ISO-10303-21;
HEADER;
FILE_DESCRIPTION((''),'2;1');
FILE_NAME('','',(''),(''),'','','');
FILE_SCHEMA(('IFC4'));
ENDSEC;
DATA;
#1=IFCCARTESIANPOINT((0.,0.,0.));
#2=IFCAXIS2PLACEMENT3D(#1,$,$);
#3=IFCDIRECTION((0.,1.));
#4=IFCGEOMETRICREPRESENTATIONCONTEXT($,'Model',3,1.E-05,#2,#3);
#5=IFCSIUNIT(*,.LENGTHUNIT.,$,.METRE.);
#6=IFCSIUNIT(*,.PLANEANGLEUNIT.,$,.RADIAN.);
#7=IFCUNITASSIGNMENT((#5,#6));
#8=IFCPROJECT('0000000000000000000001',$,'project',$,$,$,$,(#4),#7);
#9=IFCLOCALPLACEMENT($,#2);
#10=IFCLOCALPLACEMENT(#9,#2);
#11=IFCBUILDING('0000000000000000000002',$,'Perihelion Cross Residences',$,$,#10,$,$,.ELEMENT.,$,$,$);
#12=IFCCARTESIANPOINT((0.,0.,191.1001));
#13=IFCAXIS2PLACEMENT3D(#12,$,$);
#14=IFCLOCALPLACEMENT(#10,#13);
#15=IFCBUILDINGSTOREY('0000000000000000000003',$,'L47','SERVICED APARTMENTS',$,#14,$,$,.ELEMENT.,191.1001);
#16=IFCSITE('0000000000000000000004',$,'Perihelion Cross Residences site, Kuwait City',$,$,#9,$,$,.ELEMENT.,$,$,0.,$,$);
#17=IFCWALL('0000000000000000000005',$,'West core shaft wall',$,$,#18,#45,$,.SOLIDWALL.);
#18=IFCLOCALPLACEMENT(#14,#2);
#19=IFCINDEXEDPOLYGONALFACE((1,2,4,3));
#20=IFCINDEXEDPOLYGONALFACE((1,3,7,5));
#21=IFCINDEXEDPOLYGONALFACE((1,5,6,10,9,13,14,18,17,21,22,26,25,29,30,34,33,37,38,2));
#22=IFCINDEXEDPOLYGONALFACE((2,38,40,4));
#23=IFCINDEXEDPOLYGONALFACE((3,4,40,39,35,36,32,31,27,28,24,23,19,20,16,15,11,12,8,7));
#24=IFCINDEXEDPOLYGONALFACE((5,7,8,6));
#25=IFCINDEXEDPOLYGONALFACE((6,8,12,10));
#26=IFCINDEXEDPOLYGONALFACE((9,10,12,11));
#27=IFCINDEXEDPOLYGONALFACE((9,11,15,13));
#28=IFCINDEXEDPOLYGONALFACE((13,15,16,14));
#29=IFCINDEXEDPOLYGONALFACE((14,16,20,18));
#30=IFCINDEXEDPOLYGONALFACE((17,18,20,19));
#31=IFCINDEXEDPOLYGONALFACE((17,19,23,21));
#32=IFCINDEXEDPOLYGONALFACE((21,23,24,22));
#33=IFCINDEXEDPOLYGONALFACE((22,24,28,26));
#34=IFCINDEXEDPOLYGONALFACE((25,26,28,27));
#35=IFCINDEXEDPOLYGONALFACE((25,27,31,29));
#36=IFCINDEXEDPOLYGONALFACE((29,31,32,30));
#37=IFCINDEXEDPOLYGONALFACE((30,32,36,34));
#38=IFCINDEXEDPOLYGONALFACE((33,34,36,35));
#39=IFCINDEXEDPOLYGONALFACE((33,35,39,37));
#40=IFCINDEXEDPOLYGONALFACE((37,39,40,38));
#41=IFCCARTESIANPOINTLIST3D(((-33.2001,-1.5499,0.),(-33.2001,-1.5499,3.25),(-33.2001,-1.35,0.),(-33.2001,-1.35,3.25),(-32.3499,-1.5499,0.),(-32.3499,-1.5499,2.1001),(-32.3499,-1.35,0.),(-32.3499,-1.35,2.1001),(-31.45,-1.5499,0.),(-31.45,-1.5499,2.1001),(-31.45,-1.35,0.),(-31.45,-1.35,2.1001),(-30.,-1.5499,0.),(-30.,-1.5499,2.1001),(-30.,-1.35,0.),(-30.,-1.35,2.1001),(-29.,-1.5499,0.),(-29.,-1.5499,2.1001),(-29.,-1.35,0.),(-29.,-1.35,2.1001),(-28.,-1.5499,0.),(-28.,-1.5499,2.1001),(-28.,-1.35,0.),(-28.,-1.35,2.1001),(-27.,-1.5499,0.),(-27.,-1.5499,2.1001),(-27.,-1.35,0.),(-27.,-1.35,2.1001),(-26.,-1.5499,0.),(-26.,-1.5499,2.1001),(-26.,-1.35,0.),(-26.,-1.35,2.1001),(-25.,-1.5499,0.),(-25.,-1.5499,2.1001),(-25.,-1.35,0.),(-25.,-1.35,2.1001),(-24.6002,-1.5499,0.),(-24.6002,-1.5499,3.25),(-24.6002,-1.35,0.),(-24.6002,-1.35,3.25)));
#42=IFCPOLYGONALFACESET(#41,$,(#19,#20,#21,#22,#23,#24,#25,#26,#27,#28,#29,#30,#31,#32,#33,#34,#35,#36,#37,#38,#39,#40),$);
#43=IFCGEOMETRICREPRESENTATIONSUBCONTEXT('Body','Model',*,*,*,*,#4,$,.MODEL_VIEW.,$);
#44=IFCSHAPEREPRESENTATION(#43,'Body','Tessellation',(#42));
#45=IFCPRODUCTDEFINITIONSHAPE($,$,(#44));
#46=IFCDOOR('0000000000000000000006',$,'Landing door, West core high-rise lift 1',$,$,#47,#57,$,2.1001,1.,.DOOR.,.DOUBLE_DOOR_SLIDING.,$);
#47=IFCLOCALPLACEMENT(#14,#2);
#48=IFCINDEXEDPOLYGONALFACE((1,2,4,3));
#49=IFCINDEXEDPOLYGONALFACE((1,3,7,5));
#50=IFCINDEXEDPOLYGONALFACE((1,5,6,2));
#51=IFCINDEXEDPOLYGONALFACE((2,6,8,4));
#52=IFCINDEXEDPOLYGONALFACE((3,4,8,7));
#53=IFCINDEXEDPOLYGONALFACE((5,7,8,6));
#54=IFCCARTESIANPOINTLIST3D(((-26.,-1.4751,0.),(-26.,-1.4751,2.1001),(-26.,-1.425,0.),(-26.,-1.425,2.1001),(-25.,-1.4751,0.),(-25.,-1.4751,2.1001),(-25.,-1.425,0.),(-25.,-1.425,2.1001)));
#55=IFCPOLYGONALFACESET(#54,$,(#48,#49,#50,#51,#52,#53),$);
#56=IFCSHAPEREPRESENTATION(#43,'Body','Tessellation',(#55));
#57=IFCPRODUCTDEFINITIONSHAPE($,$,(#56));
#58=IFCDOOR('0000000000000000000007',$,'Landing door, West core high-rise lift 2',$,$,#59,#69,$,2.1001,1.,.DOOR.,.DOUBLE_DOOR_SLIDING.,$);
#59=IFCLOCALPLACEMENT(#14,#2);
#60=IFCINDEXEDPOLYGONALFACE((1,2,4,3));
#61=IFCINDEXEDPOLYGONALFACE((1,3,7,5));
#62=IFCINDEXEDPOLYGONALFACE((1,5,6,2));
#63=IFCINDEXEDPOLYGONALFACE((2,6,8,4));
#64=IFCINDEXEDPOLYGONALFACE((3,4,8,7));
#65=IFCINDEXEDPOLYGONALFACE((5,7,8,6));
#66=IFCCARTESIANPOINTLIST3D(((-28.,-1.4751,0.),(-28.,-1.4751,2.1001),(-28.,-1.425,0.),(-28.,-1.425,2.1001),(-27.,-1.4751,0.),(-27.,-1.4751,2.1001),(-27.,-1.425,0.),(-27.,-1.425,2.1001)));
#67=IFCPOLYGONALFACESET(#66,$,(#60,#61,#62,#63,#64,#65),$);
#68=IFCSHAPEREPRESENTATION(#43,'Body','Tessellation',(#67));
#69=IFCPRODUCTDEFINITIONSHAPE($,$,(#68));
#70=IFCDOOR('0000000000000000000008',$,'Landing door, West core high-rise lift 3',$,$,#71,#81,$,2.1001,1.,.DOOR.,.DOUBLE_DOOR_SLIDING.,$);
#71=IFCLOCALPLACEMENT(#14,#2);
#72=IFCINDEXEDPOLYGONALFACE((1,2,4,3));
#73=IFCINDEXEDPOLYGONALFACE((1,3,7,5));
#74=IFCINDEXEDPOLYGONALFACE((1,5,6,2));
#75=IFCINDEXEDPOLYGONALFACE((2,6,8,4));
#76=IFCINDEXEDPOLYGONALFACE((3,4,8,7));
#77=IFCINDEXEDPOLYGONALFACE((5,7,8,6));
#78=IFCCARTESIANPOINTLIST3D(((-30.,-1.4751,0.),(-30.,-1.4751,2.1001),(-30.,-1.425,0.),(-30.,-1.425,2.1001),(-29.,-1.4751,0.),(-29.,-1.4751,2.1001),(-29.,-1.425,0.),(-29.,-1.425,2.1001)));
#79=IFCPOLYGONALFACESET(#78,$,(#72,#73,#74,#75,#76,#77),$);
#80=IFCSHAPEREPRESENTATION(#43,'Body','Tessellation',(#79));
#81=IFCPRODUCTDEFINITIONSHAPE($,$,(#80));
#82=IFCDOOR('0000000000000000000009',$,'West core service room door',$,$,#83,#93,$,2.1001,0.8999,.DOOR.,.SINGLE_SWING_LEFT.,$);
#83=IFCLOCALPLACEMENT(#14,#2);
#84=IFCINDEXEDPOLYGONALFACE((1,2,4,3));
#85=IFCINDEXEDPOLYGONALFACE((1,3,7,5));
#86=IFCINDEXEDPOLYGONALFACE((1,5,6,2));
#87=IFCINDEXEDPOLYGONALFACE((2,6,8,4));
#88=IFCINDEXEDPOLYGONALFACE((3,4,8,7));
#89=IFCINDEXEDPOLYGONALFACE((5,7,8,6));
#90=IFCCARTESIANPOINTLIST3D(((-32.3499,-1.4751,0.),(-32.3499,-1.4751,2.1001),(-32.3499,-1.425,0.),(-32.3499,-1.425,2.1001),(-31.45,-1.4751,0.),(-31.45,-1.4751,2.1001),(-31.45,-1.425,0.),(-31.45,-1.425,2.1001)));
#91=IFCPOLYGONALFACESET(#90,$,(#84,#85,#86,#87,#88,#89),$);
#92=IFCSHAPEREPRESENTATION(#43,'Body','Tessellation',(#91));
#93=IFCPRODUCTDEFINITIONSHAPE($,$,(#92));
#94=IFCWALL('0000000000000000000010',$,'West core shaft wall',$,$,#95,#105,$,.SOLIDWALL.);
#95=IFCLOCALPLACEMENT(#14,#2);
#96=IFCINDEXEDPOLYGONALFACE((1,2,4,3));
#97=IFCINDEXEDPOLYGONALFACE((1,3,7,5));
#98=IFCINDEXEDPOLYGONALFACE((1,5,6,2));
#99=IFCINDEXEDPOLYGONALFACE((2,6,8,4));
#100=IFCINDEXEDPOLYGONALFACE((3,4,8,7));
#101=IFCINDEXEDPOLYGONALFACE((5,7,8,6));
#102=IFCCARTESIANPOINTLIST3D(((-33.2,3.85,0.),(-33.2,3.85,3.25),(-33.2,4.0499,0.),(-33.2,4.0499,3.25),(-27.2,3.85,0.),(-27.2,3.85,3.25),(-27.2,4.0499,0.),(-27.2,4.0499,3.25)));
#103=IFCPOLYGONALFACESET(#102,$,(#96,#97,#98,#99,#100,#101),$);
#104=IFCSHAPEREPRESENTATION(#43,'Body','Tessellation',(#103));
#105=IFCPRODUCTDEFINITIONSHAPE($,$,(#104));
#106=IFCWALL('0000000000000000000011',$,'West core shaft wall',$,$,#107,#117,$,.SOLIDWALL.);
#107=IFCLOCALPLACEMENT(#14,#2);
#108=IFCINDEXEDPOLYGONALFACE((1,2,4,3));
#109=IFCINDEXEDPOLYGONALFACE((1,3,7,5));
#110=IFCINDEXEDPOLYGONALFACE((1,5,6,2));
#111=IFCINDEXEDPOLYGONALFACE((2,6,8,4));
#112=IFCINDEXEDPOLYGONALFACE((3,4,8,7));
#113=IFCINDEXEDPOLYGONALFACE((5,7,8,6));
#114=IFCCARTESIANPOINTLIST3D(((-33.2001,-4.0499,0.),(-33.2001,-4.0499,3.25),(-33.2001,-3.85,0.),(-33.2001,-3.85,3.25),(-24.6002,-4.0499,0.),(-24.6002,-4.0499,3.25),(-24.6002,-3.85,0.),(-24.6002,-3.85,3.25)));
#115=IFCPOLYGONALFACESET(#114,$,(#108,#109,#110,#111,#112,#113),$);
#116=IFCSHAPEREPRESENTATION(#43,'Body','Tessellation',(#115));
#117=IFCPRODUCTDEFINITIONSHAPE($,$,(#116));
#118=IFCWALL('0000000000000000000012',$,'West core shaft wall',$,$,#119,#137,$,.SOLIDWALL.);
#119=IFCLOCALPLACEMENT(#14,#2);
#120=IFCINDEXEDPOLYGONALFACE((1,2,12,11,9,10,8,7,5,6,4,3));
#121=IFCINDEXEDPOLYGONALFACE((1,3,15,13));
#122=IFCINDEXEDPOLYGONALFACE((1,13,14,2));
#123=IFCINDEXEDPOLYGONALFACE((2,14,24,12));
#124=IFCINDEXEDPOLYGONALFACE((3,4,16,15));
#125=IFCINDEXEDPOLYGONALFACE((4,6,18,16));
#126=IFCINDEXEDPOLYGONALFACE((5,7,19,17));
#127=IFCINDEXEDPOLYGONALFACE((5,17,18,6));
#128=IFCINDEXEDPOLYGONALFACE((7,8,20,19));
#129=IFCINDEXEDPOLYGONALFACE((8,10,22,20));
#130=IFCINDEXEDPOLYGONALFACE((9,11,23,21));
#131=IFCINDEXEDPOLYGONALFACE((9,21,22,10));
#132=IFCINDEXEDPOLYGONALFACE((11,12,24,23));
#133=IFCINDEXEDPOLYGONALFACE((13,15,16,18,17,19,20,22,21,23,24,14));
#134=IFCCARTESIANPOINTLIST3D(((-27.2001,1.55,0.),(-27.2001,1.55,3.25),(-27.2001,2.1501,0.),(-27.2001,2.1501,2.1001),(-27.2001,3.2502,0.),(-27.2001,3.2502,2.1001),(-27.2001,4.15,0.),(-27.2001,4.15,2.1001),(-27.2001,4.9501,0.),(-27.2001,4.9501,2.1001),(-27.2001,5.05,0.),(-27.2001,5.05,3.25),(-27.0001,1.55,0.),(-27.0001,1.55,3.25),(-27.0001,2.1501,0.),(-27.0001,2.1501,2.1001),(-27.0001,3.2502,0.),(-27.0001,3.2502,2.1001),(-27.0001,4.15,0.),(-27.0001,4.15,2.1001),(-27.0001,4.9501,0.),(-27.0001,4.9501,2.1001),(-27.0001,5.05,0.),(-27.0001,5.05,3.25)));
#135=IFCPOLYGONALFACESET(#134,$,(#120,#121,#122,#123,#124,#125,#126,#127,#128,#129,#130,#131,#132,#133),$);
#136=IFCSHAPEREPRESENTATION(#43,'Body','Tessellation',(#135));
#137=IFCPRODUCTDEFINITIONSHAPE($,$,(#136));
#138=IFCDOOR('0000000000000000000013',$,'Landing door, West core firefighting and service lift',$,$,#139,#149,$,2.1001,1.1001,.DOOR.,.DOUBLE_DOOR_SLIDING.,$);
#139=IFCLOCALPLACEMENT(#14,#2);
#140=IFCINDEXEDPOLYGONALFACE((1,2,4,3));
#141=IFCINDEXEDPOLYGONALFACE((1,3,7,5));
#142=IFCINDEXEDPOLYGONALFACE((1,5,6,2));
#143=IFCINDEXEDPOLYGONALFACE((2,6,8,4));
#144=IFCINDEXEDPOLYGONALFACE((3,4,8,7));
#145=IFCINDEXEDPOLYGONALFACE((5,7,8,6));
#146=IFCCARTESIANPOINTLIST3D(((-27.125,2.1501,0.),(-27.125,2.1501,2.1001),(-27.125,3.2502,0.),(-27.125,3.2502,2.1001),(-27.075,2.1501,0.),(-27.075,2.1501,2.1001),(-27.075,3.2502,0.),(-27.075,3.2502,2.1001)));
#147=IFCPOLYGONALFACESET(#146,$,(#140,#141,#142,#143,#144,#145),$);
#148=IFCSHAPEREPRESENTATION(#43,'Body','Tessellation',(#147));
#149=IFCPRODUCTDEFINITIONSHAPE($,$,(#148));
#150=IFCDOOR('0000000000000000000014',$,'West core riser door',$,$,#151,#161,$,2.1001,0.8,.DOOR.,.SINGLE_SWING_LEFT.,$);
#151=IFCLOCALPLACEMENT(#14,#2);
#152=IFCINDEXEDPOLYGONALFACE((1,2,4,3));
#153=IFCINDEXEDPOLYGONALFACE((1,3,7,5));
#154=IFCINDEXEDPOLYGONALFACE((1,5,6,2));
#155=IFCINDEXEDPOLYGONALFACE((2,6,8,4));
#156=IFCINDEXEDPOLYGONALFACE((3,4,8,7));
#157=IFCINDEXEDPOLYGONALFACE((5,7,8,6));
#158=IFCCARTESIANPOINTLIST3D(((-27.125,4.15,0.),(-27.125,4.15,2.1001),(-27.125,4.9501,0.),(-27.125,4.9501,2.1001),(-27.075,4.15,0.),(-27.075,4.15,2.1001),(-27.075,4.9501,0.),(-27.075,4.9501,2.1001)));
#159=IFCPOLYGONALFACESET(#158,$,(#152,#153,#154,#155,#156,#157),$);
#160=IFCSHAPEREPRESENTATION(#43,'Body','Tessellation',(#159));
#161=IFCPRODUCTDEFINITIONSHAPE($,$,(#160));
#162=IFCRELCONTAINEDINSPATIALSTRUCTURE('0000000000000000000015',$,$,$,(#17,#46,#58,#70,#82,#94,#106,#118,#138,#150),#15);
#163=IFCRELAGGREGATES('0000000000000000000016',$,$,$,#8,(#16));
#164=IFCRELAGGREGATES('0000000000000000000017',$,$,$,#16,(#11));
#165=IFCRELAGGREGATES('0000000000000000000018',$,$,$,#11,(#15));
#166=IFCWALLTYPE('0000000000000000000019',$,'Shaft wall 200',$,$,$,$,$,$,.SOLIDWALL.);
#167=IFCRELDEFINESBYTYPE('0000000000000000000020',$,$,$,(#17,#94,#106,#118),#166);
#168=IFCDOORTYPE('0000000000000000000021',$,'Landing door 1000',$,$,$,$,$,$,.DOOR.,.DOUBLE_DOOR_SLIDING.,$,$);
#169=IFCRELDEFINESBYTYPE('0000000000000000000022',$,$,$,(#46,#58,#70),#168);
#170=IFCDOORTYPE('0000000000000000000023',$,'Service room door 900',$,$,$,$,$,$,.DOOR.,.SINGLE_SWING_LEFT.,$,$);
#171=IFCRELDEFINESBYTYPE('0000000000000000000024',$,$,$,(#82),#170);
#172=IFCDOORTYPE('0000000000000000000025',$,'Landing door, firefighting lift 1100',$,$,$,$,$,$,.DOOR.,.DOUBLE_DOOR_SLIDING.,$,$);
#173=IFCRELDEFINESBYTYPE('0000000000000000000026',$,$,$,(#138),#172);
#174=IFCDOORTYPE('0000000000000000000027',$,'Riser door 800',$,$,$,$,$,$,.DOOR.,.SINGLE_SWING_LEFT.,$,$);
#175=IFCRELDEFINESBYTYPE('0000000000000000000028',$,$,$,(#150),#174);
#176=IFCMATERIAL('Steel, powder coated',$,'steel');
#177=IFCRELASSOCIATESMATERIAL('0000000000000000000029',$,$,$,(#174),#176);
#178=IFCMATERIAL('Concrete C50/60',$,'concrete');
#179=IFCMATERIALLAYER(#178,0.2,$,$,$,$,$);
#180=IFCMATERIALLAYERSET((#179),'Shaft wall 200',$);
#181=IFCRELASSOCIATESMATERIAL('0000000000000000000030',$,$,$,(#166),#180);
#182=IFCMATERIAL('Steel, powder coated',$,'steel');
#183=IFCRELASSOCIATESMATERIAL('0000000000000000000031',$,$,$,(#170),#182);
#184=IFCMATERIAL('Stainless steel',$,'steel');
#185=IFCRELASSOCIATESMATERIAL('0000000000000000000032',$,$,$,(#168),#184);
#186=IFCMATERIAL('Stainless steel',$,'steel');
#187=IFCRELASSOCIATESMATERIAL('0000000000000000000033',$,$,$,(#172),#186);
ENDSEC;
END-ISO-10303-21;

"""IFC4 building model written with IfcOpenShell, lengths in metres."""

from ifc_helpers import new_model, si_unit, direction, frame, frame_2d, origin, place, context, subcontext, project, spatial, rectangle, extrude, material, layer, layer_set, type_object, element, fill, save


model = new_model("IFC4")

# Units and contexts
model_context = context("Model", 3, precision=1e-05, world=origin(), true_north=direction((0.0, 1.0)))
body_context = subcontext(model_context, "Body", "Model", "MODEL_VIEW")
ifc_project = project(units=[si_unit("LENGTHUNIT", "METRE"), si_unit("PLANEANGLEUNIT", "RADIAN")], contexts=[model_context])

# Site, building, storey
site_placement = place(None, origin())
site = spatial("IfcSite", under=ifc_project, at=site_placement, Name="Perihelion Cross Residences site, Kuwait City", CompositionType="ELEMENT", RefElevation=0.0)
building_placement = place(site_placement, origin())
building = spatial("IfcBuilding", under=site, at=building_placement, Name="Perihelion Cross Residences", CompositionType="ELEMENT")
storey_placement = place(building_placement, frame((0.0, 0.0, 191.1001)))
storey = spatial("IfcBuildingStorey", under=building, at=storey_placement, Name="L47", Description="SERVICED APARTMENTS", CompositionType="ELEMENT", Elevation=191.1001)

# Shared definitions
ifc_material_1 = material(Name="Steel, powder coated", Category="steel")
door_type_1 = type_object("IfcDoorType", Name="Riser door 800", OperationType="SINGLE_SWING_LEFT", PredefinedType="DOOR", material=ifc_material_1)

# Wall, openings, doors
ifc_material_2 = material(Name="Concrete C50/60", Category="concrete")
ifc_layer_1 = layer(ifc_material_2, 0.2)
ifc_layer_set_1 = layer_set([ifc_layer_1], Name="Shaft wall 200")
wall_type_1 = type_object("IfcWallType", Name="Shaft wall 200", PredefinedType="SOLIDWALL", material=ifc_layer_set_1)
ifc_material_3 = material(Name="Steel, powder coated", Category="steel")
door_type_2 = type_object("IfcDoorType", Name="Service room door 900", OperationType="SINGLE_SWING_LEFT", PredefinedType="DOOR", material=ifc_material_3)
wall_1_placement = place(storey_placement, frame((-33.2, -1.45, 0.0), z_axis=(0.0, 0.0, 1.0), x_axis=(1.0, 0.0, 0.0)))
wall_1 = element("IfcWall", 1, at=wall_1_placement, inside=storey, type_object=wall_type_1, Name="West core shaft wall", PredefinedType="SOLIDWALL", context=body_context, shape_type="SweptSolid", body=[
    extrude(rectangle(XDim=8.5999, YDim=0.2, at=frame_2d((4.2998, 0.0))), origin(), (0.0, 0.0, 1.0), 3.25),
])
opening_1_placement = place(wall_1_placement, frame((7.2, 0.0, 0.0)))
opening_1 = element("IfcOpeningElement", 2, at=opening_1_placement, cuts=wall_1, PredefinedType="OPENING", context=body_context, shape_type="SweptSolid", body=[
    extrude(rectangle(XDim=1.0, YDim=2.1001, at=frame_2d((0.5, 1.05))), frame((0.0, 0.1099, 0.0), z_axis=(0.0, -1.0, 0.0), x_axis=(1.0, 0.0, 0.0)), (0.0, 0.0, 1.0), 0.22),
])
opening_2_placement = place(wall_1_placement, frame((5.2, 0.0, 0.0)))
opening_2 = element("IfcOpeningElement", 3, at=opening_2_placement, cuts=wall_1, PredefinedType="OPENING", context=body_context, shape_type="SweptSolid", body=[
    extrude(rectangle(XDim=1.0, YDim=2.1001, at=frame_2d((0.5, 1.05))), frame((0.0, 0.1099, 0.0), z_axis=(0.0, -1.0, 0.0), x_axis=(1.0, 0.0, 0.0)), (0.0, 0.0, 1.0), 0.22),
])
opening_3_placement = place(wall_1_placement, frame((3.2, 0.0, 0.0)))
opening_3 = element("IfcOpeningElement", 4, at=opening_3_placement, cuts=wall_1, PredefinedType="OPENING", context=body_context, shape_type="SweptSolid", body=[
    extrude(rectangle(XDim=1.0, YDim=2.1001, at=frame_2d((0.5, 1.05))), frame((0.0, 0.1099, 0.0), z_axis=(0.0, -1.0, 0.0), x_axis=(1.0, 0.0, 0.0)), (0.0, 0.0, 1.0), 0.22),
])
opening_4_placement = place(wall_1_placement, frame((0.8501, 0.0, 0.0)))
opening_4 = element("IfcOpeningElement", 5, at=opening_4_placement, cuts=wall_1, PredefinedType="OPENING", context=body_context, shape_type="SweptSolid", body=[
    extrude(rectangle(XDim=0.8999, YDim=2.1001, at=frame_2d((0.45, 1.05))), frame((0.0, 0.1099, 0.0), z_axis=(0.0, -1.0, 0.0), x_axis=(1.0, 0.0, 0.0)), (0.0, 0.0, 1.0), 0.22),
])
ifc_material_4 = material(Name="Stainless steel", Category="steel")
door_type_3 = type_object("IfcDoorType", Name="Landing door 1000", OperationType="DOUBLE_DOOR_SLIDING", PredefinedType="DOOR", material=ifc_material_4)
door_1_placement = place(opening_1_placement, origin())
door_1 = element("IfcDoor", 6, at=door_1_placement, inside=storey, type_object=door_type_3, Name="Landing door, West core high-rise lift 1", OperationType="DOUBLE_DOOR_SLIDING", OverallHeight=2.1001, OverallWidth=1.0, PredefinedType="DOOR", context=body_context, shape_type="SweptSolid", body=[
    extrude(rectangle(XDim=1.0, YDim=2.1001, at=frame_2d((0.5, 1.05))), frame((0.0, 0.0249, 0.0), z_axis=(0.0, -1.0, 0.0), x_axis=(1.0, 0.0, 0.0)), (0.0, 0.0, 1.0), 0.05),
])
fill(opening_1, door_1)
door_2_placement = place(opening_2_placement, origin())
door_2 = element("IfcDoor", 7, at=door_2_placement, inside=storey, type_object=door_type_3, Name="Landing door, West core high-rise lift 2", OperationType="DOUBLE_DOOR_SLIDING", OverallHeight=2.1001, OverallWidth=1.0, PredefinedType="DOOR", context=body_context, shape_type="SweptSolid", body=[
    extrude(rectangle(XDim=1.0, YDim=2.1001, at=frame_2d((0.5, 1.05))), frame((0.0, 0.0249, 0.0), z_axis=(0.0, -1.0, 0.0), x_axis=(1.0, 0.0, 0.0)), (0.0, 0.0, 1.0), 0.05),
])
fill(opening_2, door_2)
door_3_placement = place(opening_3_placement, origin())
door_3 = element("IfcDoor", 8, at=door_3_placement, inside=storey, type_object=door_type_3, Name="Landing door, West core high-rise lift 3", OperationType="DOUBLE_DOOR_SLIDING", OverallHeight=2.1001, OverallWidth=1.0, PredefinedType="DOOR", context=body_context, shape_type="SweptSolid", body=[
    extrude(rectangle(XDim=1.0, YDim=2.1001, at=frame_2d((0.5, 1.05))), frame((0.0, 0.0249, 0.0), z_axis=(0.0, -1.0, 0.0), x_axis=(1.0, 0.0, 0.0)), (0.0, 0.0, 1.0), 0.05),
])
fill(opening_3, door_3)
door_4_placement = place(opening_4_placement, origin())
door_4 = element("IfcDoor", 9, at=door_4_placement, inside=storey, type_object=door_type_2, Name="West core service room door", OperationType="SINGLE_SWING_LEFT", OverallHeight=2.1001, OverallWidth=0.8999, PredefinedType="DOOR", context=body_context, shape_type="SweptSolid", body=[
    extrude(rectangle(XDim=0.8999, YDim=2.1001, at=frame_2d((0.45, 1.05))), frame((0.0, 0.0249, 0.0), z_axis=(0.0, -1.0, 0.0), x_axis=(1.0, 0.0, 0.0)), (0.0, 0.0, 1.0), 0.05),
])
fill(opening_4, door_4)

# Walls
wall_2_placement = place(storey_placement, frame((-33.2, 3.95, 0.0), z_axis=(0.0, 0.0, 1.0), x_axis=(1.0, 0.0, 0.0)))
element("IfcWall", 10, at=wall_2_placement, inside=storey, type_object=wall_type_1, Name="West core shaft wall", PredefinedType="SOLIDWALL", context=body_context, shape_type="SweptSolid", body=[
    extrude(rectangle(XDim=6.0, YDim=0.2, at=frame_2d((3.0, 0.0))), origin(), (0.0, 0.0, 1.0), 3.25),
])
wall_3_placement = place(storey_placement, frame((-33.2, -3.95, 0.0), z_axis=(0.0, 0.0, 1.0), x_axis=(1.0, 0.0, 0.0)))
element("IfcWall", 11, at=wall_3_placement, inside=storey, type_object=wall_type_1, Name="West core shaft wall", PredefinedType="SOLIDWALL", context=body_context, shape_type="SweptSolid", body=[
    extrude(rectangle(XDim=8.5999, YDim=0.2, at=frame_2d((4.2998, 0.0))), origin(), (0.0, 0.0, 1.0), 3.25),
])

# Wall, openings, doors
wall_4_placement = place(storey_placement, frame((-27.1001, 1.55, 0.0), z_axis=(0.0, 0.0, 1.0), x_axis=(0.0, 1.0, 0.0)))
wall_4 = element("IfcWall", 12, at=wall_4_placement, inside=storey, type_object=wall_type_1, Name="West core shaft wall", PredefinedType="SOLIDWALL", context=body_context, shape_type="SweptSolid", body=[
    extrude(rectangle(XDim=3.5, YDim=0.2, at=frame_2d((1.75, 0.0))), origin(), (0.0, 0.0, 1.0), 3.25),
])
opening_5_placement = place(wall_4_placement, frame((0.6001, 0.0, 0.0)))
opening_5 = element("IfcOpeningElement", 13, at=opening_5_placement, cuts=wall_4, PredefinedType="OPENING", context=body_context, shape_type="SweptSolid", body=[
    extrude(rectangle(XDim=1.1001, YDim=2.1001, at=frame_2d((0.55, 1.05))), frame((0.0, 0.1099, 0.0), z_axis=(0.0, -1.0, 0.0), x_axis=(1.0, 0.0, 0.0)), (0.0, 0.0, 1.0), 0.22),
])
opening_6_placement = place(wall_4_placement, frame((2.6001, 0.0, 0.0)))
opening_6 = element("IfcOpeningElement", 14, at=opening_6_placement, cuts=wall_4, PredefinedType="OPENING", context=body_context, shape_type="SweptSolid", body=[
    extrude(rectangle(XDim=0.8, YDim=2.1001, at=frame_2d((0.3999, 1.05))), frame((0.0, 0.1099, 0.0), z_axis=(0.0, -1.0, 0.0), x_axis=(1.0, 0.0, 0.0)), (0.0, 0.0, 1.0), 0.22),
])
ifc_material_5 = material(Name="Stainless steel", Category="steel")
door_type_4 = type_object("IfcDoorType", Name="Landing door, firefighting lift 1100", OperationType="DOUBLE_DOOR_SLIDING", PredefinedType="DOOR", material=ifc_material_5)
door_5_placement = place(opening_5_placement, origin())
door_5 = element("IfcDoor", 15, at=door_5_placement, inside=storey, type_object=door_type_4, Name="Landing door, West core firefighting and service lift", OperationType="DOUBLE_DOOR_SLIDING", OverallHeight=2.1001, OverallWidth=1.1001, PredefinedType="DOOR", context=body_context, shape_type="SweptSolid", body=[
    extrude(rectangle(XDim=1.1001, YDim=2.1001, at=frame_2d((0.55, 1.05))), frame((0.0, 0.0249, 0.0), z_axis=(0.0, -1.0, 0.0), x_axis=(1.0, 0.0, 0.0)), (0.0, 0.0, 1.0), 0.05),
])
fill(opening_5, door_5)
door_6_placement = place(opening_6_placement, origin())
door_6 = element("IfcDoor", 16, at=door_6_placement, inside=storey, type_object=door_type_1, Name="West core riser door", OperationType="SINGLE_SWING_LEFT", OverallHeight=2.1001, OverallWidth=0.8, PredefinedType="DOOR", context=body_context, shape_type="SweptSolid", body=[
    extrude(rectangle(XDim=0.8, YDim=2.1001, at=frame_2d((0.3999, 1.05))), frame((0.0, 0.0249, 0.0), z_axis=(0.0, -1.0, 0.0), x_axis=(1.0, 0.0, 0.0)), (0.0, 0.0, 1.0), 0.05),
])
fill(opening_6, door_6)

save(model, "model.ifc")
